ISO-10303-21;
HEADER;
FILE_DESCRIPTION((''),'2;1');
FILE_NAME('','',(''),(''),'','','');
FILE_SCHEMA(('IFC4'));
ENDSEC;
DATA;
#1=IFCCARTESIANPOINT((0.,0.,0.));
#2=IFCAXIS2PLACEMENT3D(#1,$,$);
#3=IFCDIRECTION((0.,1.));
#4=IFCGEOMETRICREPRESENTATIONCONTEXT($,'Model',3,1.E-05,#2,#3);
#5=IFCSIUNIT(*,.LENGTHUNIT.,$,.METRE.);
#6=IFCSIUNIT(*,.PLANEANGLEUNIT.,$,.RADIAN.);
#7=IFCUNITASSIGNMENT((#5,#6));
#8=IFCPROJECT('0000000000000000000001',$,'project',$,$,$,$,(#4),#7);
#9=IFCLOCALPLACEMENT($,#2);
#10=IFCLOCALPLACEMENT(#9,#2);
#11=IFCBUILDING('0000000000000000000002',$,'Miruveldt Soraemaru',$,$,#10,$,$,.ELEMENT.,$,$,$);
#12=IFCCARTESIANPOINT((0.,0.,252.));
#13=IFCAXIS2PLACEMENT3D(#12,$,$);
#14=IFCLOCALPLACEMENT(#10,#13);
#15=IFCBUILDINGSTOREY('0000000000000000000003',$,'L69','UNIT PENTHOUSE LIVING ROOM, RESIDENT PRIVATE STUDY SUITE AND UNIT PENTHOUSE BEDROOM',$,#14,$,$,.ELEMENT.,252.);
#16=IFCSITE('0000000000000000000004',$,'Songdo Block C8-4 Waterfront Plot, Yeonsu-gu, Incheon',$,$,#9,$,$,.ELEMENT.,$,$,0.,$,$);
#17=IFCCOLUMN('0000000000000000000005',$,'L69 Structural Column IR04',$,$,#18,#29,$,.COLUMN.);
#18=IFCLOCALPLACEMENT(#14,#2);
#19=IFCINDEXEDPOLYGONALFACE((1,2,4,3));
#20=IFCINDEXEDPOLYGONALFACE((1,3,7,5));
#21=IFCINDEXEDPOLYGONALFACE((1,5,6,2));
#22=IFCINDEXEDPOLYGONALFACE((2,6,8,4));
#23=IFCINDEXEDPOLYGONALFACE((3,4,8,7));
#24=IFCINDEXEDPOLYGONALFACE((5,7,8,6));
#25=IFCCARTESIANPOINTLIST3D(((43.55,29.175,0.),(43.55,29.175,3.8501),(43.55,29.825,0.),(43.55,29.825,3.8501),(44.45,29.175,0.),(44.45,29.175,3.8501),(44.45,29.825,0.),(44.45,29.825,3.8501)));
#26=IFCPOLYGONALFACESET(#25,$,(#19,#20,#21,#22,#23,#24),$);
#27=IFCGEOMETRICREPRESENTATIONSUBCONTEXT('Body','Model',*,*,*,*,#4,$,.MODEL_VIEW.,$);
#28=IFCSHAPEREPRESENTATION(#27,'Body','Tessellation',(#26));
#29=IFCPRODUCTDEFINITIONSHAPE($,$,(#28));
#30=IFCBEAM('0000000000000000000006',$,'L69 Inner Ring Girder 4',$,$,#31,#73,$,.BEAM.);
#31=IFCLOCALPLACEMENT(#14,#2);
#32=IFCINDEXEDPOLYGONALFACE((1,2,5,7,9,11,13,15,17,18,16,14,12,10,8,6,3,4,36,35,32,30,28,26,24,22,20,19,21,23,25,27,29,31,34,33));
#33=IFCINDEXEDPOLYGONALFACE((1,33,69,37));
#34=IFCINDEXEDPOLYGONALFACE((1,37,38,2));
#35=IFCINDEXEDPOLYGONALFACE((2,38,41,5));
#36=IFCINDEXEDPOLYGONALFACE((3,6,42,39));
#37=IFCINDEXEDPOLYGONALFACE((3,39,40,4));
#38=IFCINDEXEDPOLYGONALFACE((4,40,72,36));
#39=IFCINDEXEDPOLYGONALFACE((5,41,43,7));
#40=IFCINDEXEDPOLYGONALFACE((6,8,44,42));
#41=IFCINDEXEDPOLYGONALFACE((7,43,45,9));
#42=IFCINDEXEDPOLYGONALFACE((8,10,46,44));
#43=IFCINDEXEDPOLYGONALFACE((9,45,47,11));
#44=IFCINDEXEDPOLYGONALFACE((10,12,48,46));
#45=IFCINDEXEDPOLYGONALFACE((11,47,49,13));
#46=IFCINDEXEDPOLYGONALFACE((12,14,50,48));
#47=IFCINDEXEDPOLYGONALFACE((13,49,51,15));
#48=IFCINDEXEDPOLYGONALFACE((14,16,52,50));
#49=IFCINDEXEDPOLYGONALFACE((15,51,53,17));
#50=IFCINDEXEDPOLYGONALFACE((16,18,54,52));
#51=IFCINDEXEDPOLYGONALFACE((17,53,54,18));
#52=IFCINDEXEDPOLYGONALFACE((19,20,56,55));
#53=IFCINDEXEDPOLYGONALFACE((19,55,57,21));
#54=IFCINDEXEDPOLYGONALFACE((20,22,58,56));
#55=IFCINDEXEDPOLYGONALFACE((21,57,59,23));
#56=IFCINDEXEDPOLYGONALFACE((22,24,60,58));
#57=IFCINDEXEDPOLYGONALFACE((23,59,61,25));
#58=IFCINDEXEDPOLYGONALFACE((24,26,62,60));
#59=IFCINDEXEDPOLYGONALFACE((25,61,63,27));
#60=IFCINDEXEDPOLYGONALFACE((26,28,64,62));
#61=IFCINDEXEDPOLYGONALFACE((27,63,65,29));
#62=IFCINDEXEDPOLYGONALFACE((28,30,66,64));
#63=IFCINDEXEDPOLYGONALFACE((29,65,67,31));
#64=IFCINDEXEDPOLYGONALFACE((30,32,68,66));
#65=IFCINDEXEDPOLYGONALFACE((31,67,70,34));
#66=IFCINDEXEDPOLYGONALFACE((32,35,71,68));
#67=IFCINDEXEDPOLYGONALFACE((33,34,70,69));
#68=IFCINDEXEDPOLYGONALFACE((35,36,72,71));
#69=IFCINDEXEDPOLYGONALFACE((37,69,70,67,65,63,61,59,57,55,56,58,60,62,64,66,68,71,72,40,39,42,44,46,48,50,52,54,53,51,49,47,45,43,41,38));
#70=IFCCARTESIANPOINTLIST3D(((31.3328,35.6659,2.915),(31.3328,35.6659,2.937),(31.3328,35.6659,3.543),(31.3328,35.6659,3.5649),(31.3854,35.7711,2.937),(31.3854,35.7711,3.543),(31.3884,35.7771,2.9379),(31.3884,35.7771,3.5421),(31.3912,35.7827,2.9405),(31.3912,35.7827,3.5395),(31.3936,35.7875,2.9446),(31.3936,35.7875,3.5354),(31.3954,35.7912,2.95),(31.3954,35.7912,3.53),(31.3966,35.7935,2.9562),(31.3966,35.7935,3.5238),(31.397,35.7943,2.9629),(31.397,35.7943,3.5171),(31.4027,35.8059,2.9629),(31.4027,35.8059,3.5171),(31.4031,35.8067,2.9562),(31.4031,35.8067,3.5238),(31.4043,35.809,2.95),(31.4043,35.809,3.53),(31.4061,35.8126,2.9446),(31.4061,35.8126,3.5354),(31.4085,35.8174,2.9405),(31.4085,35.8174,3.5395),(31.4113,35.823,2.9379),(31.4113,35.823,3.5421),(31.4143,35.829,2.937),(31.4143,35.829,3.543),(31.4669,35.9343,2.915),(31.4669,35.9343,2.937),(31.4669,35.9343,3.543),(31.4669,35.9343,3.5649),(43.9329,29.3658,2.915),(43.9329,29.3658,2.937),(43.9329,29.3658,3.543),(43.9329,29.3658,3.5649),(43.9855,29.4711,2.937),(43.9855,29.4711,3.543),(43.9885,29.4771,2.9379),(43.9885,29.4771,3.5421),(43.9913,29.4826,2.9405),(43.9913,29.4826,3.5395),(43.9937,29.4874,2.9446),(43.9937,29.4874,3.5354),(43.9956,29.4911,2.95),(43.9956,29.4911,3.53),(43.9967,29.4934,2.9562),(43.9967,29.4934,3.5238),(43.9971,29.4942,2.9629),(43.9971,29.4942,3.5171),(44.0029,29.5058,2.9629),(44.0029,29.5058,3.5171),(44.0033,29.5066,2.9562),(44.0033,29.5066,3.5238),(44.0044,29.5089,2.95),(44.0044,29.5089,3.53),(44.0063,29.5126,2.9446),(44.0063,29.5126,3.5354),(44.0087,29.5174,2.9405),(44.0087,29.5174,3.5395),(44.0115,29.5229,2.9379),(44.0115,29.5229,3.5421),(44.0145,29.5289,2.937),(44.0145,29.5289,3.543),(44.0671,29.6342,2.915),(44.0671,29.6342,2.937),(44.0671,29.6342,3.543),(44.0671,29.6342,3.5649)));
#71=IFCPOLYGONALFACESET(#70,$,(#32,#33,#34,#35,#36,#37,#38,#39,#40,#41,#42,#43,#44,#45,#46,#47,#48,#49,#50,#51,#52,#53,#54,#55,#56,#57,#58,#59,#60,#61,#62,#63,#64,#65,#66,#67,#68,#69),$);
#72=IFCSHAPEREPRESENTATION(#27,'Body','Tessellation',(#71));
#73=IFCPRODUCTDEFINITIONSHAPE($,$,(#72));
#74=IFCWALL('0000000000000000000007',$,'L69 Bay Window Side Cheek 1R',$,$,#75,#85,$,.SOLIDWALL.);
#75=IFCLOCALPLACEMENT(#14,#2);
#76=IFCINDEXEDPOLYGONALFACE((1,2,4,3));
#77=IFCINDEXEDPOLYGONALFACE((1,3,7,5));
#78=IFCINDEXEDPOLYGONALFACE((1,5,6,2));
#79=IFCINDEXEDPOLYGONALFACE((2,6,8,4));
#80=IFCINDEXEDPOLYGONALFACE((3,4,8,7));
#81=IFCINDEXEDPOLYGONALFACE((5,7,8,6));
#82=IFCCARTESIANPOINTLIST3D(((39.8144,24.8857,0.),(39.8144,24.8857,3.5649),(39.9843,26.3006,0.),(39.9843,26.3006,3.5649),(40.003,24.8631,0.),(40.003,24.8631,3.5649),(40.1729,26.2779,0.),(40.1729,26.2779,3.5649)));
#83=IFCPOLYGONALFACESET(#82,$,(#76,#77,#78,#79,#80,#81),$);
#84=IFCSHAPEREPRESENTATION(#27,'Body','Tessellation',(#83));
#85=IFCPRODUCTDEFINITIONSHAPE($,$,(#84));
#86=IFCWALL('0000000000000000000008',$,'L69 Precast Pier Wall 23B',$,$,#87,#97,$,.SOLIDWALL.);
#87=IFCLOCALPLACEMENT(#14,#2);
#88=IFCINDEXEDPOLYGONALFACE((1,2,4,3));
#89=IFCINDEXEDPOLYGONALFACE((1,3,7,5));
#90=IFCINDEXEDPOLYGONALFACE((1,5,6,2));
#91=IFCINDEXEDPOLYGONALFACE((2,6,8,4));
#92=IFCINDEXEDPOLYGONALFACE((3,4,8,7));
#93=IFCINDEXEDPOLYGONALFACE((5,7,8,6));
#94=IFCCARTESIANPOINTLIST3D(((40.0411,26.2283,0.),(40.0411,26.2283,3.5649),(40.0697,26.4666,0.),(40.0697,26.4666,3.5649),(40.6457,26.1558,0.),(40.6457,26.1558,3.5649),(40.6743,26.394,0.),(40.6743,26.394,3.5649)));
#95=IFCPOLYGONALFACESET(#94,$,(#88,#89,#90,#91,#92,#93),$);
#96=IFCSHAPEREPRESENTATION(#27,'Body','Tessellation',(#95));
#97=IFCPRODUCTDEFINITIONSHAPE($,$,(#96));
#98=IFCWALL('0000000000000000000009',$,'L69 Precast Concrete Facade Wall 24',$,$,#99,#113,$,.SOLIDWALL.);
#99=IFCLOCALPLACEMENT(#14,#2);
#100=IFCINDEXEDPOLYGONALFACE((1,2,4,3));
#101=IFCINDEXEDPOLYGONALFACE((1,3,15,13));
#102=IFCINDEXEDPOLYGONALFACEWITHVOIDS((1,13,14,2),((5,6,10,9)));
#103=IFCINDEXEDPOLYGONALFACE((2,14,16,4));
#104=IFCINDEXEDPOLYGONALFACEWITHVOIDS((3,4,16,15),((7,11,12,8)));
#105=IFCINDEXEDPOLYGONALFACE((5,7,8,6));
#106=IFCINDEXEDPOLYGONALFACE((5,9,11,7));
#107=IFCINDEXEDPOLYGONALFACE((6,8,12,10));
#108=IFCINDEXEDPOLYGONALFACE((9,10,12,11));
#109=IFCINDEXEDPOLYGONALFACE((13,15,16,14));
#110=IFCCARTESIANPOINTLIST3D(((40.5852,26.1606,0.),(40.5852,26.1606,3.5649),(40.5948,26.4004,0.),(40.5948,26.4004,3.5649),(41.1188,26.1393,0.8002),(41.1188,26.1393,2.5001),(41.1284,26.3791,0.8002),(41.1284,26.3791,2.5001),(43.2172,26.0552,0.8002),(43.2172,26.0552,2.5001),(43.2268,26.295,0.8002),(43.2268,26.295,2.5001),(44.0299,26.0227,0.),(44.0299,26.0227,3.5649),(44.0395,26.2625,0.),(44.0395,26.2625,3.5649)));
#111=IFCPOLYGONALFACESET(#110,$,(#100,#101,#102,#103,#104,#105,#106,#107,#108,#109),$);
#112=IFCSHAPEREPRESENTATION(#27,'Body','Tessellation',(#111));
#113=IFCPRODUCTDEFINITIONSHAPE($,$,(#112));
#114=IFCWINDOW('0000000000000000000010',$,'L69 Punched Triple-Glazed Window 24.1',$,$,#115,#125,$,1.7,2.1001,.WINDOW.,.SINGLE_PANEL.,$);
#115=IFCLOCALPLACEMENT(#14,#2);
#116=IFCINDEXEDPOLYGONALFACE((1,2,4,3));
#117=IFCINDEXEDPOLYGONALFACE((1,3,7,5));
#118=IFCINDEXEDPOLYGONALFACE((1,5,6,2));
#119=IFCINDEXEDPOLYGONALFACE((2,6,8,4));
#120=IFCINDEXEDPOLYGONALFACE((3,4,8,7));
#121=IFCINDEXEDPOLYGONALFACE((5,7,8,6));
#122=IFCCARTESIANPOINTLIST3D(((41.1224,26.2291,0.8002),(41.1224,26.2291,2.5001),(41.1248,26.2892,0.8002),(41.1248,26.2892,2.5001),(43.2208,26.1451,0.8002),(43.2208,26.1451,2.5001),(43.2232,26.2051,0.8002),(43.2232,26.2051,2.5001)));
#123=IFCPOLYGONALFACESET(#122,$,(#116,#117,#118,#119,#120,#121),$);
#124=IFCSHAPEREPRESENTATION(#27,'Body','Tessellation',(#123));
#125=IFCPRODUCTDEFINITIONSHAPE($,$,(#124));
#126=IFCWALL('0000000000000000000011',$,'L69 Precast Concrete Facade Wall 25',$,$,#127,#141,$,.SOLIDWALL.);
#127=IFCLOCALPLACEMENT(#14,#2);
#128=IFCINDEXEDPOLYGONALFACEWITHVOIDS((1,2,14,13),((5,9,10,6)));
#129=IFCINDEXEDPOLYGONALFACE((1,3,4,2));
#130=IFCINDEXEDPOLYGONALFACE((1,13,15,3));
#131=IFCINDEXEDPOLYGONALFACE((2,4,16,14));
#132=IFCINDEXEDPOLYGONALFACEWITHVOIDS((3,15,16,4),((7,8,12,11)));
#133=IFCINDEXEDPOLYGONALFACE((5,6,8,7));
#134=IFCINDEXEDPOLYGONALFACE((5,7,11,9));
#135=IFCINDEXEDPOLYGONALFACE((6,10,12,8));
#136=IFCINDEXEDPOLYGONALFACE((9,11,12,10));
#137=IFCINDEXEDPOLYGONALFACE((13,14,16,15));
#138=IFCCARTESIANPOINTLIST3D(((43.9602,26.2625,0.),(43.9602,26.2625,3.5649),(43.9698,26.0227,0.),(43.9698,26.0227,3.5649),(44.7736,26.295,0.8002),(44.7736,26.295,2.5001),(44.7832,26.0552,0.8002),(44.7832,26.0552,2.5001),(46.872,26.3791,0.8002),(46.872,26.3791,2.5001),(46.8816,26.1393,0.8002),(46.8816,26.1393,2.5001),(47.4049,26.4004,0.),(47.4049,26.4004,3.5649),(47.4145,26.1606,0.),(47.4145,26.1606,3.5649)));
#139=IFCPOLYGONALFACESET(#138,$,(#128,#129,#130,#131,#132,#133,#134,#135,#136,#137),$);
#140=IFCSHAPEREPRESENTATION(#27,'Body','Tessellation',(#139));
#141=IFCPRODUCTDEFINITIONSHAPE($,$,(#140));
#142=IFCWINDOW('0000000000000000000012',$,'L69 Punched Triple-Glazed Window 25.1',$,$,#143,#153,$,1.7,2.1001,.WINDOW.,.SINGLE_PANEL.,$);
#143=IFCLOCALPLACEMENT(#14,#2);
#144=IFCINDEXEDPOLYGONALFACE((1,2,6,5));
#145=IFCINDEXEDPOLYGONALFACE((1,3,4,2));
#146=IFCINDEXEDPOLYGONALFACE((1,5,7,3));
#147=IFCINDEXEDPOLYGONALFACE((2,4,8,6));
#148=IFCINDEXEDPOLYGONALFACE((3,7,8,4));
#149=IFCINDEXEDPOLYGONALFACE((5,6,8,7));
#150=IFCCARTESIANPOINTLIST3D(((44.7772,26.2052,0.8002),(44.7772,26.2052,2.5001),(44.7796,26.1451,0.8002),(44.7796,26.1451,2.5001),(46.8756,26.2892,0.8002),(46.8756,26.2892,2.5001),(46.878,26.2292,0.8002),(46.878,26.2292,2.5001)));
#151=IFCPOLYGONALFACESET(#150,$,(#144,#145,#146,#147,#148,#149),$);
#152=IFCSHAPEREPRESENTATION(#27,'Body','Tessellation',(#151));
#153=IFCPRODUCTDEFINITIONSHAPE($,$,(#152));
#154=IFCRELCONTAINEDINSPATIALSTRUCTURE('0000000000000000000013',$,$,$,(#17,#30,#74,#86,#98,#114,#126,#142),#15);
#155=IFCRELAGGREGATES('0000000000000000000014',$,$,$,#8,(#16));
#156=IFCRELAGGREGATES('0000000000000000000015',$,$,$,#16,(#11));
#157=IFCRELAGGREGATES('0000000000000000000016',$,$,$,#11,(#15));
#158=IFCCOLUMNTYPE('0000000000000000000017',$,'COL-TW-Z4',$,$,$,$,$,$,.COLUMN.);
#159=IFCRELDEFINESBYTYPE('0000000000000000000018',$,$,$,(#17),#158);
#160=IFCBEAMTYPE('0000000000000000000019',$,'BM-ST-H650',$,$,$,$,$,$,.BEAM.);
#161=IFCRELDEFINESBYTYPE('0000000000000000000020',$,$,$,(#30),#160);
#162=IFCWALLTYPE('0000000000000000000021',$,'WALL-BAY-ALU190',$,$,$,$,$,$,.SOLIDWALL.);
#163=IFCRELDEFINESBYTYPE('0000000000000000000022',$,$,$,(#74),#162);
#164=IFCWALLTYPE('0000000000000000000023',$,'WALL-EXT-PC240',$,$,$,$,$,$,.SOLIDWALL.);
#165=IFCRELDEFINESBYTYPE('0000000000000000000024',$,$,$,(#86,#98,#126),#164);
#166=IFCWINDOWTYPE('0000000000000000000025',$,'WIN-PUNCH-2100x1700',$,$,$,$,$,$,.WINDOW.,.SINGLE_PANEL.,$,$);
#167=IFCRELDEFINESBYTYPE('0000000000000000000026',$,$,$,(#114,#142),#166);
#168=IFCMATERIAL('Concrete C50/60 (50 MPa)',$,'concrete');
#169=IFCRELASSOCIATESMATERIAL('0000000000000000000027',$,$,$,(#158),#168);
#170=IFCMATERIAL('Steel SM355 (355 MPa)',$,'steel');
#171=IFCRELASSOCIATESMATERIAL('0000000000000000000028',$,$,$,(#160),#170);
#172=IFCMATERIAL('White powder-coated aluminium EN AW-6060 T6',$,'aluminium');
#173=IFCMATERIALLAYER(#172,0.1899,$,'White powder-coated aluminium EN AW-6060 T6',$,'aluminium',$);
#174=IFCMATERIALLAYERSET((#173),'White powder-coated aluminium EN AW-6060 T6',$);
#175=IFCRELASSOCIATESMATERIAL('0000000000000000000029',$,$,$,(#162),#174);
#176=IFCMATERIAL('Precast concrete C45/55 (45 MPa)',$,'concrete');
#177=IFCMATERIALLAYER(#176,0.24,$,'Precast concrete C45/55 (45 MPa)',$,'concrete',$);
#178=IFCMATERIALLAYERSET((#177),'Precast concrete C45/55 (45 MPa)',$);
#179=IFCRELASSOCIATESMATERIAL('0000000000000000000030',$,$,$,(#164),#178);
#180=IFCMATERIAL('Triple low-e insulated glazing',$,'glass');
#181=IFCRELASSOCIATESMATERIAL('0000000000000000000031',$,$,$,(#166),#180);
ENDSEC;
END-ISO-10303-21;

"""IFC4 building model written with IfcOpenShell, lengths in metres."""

from ifc_helpers import new_model, si_unit, direction, frame, frame_2d, origin, origin_2d, place, context, subcontext, project, spatial, rectangle, i_section, extrude, material, layer, layer_set, material_profile, profile_set, type_object, element, fill, save


model = new_model("IFC4")

# Units and contexts
model_context = context("Model", 3, precision=1e-05, world=origin(), true_north=direction((0.0, 1.0)))
body_context = subcontext(model_context, "Body", "Model", "MODEL_VIEW")
ifc_project = project(units=[si_unit("LENGTHUNIT", "METRE"), si_unit("PLANEANGLEUNIT", "RADIAN")], contexts=[model_context])

# Site, building, storey
site_placement = place(None, origin())
site = spatial("IfcSite", under=ifc_project, at=site_placement, Name="Songdo Block C8-4 Waterfront Plot, Yeonsu-gu, Incheon", CompositionType="ELEMENT", RefElevation=0.0)
building_placement = place(site_placement, origin())
building = spatial("IfcBuilding", under=site, at=building_placement, Name="Miruveldt Soraemaru", CompositionType="ELEMENT")
storey_placement = place(building_placement, frame((0.0, 0.0, 252.0)))
storey = spatial("IfcBuildingStorey", under=building, at=storey_placement, Name="L69", Description="UNIT PENTHOUSE LIVING ROOM, RESIDENT PRIVATE STUDY SUITE AND UNIT PENTHOUSE BEDROOM", CompositionType="ELEMENT", Elevation=252.0)

# Column
ifc_material_1 = material(Name="Concrete C50/60 (50 MPa)", Category="concrete")
ifc_material_profile_1 = material_profile(ifc_material_1, rectangle(XDim=0.8999, YDim=0.6499, at=origin_2d()), Name="Concrete C50/60 (50 MPa)", Category="concrete")
ifc_profile_set_1 = profile_set([ifc_material_profile_1], Name="Concrete C50/60 (50 MPa)")
column_type = type_object("IfcColumnType", Name="COL-TW-Z4", PredefinedType="COLUMN", material=ifc_profile_set_1)
column_placement = place(storey_placement, frame((44.0, 29.5, 0.0), z_axis=(0.0, 0.0, 1.0), x_axis=(1.0, 0.0, 0.0)))
element("IfcColumn", 1, at=column_placement, inside=storey, type_object=column_type, Name="L69 Structural Column IR04", PredefinedType="COLUMN", context=body_context, shape_type="SweptSolid", body=[
    extrude(rectangle(XDim=0.8999, YDim=0.6499, at=origin_2d()), origin(), (0.0, 0.0, 1.0), 3.8501),
])

# Beam
ifc_material_2 = material(Name="Steel SM355 (355 MPa)", Category="steel")
ifc_material_profile_2 = material_profile(ifc_material_2, i_section(OverallWidth=0.3, OverallDepth=0.6499, WebThickness=0.0129, FlangeThickness=0.022, FilletRadius=0.0259, at=origin_2d()), Name="Steel SM355 (355 MPa)", Category="steel")
ifc_profile_set_2 = profile_set([ifc_material_profile_2], Name="Steel SM355 (355 MPa)")
beam_type = type_object("IfcBeamType", Name="BM-ST-H650", PredefinedType="BEAM", material=ifc_profile_set_2)
beam_placement = place(storey_placement, frame((44.0, 29.5, 3.24), z_axis=(-0.894427, 0.447214, 0.0), x_axis=(-0.447214, -0.894427, 0.0)))
element("IfcBeam", 2, at=beam_placement, inside=storey, type_object=beam_type, Name="L69 Inner Ring Girder 4", PredefinedType="BEAM", context=body_context, shape_type="SweptSolid", body=[
    extrude(i_section(OverallWidth=0.3, OverallDepth=0.6499, WebThickness=0.0129, FlangeThickness=0.022, FilletRadius=0.0259, at=origin_2d()), origin(), (0.0, 0.0, 1.0), 14.0874),
])

# Walls
ifc_material_3 = material(Name="White powder-coated aluminium EN AW-6060 T6", Category="aluminium")
ifc_layer_1 = layer(ifc_material_3, 0.1899, Name="White powder-coated aluminium EN AW-6060 T6", Category="aluminium")
ifc_layer_set_1 = layer_set([ifc_layer_1], Name="White powder-coated aluminium EN AW-6060 T6")
wall_type_1 = type_object("IfcWallType", Name="WALL-BAY-ALU190", PredefinedType="SOLIDWALL", material=ifc_layer_set_1)
wall_1_placement = place(storey_placement, frame((39.9087, 24.8745, 0.0), z_axis=(0.0, 0.0, 1.0), x_axis=(0.119247, 0.992865, 0.0)))
element("IfcWall", 3, at=wall_1_placement, inside=storey, type_object=wall_type_1, Name="L69 Bay Window Side Cheek 1R", PredefinedType="SOLIDWALL", context=body_context, shape_type="SweptSolid", body=[
    extrude(rectangle(XDim=1.425, YDim=0.1899, at=frame_2d((0.7124, 0.0))), origin(), (0.0, 0.0, 1.0), 3.5649),
])
ifc_material_4 = material(Name="Precast concrete C45/55 (45 MPa)", Category="concrete")
ifc_layer_2 = layer(ifc_material_4, 0.24, Name="Precast concrete C45/55 (45 MPa)", Category="concrete")
ifc_layer_set_2 = layer_set([ifc_layer_2], Name="Precast concrete C45/55 (45 MPa)")
wall_type_2 = type_object("IfcWallType", Name="WALL-EXT-PC240", PredefinedType="SOLIDWALL", material=ifc_layer_set_2)
wall_2_placement = place(storey_placement, frame((40.0554, 26.3474, 0.0), z_axis=(0.0, 0.0, 1.0), x_axis=(0.992883, -0.119098, 0.0)))
element("IfcWall", 4, at=wall_2_placement, inside=storey, type_object=wall_type_2, Name="L69 Precast Pier Wall 23B", PredefinedType="SOLIDWALL", context=body_context, shape_type="SweptSolid", body=[
    extrude(rectangle(XDim=0.6089, YDim=0.24, at=frame_2d((0.3044, 0.0))), origin(), (0.0, 0.0, 1.0), 3.5649),
])

# Walls, openings, windows
wall_3_placement = place(storey_placement, frame((40.5901, 26.2805, 0.0), z_axis=(0.0, 0.0, 1.0), x_axis=(0.999199, -0.04001, 0.0)))
wall_3 = element("IfcWall", 5, at=wall_3_placement, inside=storey, type_object=wall_type_2, Name="L69 Precast Concrete Facade Wall 24", PredefinedType="SOLIDWALL", context=body_context, shape_type="SweptSolid", body=[
    extrude(rectangle(XDim=3.4475, YDim=0.24, at=frame_2d((1.7236, 0.0))), origin(), (0.0, 0.0, 1.0), 3.5649),
])
opening_1_placement = place(wall_3_placement, frame((0.5339, 0.0, 0.8)))
opening_1 = element("IfcOpeningElement", 6, at=opening_1_placement, cuts=wall_3, PredefinedType="OPENING", context=body_context, shape_type="SweptSolid", body=[
    extrude(rectangle(XDim=2.1001, YDim=1.7, at=frame_2d((1.05, 0.8501))), frame((0.0, 0.1299, 0.0), z_axis=(0.0, -1.0, 0.0), x_axis=(1.0, 0.0, 0.0)), (0.0, 0.0, 1.0), 0.26),
])
ifc_material_5 = material(Name="Triple low-e insulated glazing", Category="glass")
window_type = type_object("IfcWindowType", Name="WIN-PUNCH-2100x1700", PartitioningType="SINGLE_PANEL", PredefinedType="WINDOW", material=ifc_material_5)
window_1_placement = place(opening_1_placement, origin())
window_1 = element("IfcWindow", 7, at=window_1_placement, inside=storey, type_object=window_type, Name="L69 Punched Triple-Glazed Window 24.1", OverallHeight=1.7, OverallWidth=2.1001, PartitioningType="SINGLE_PANEL", PredefinedType="WINDOW", context=body_context, shape_type="SweptSolid", body=[
    extrude(rectangle(XDim=2.1001, YDim=1.7, at=frame_2d((1.05, 0.8501))), frame((0.0, 0.03, 0.0), z_axis=(0.0, -1.0, 0.0), x_axis=(1.0, 0.0, 0.0)), (0.0, 0.0, 1.0), 0.0601),
])
fill(opening_1, window_1)
wall_4_placement = place(storey_placement, frame((43.9651, 26.1426, 0.0), z_axis=(0.0, 0.0, 1.0), x_axis=(0.999199, 0.04001, 0.0)))
wall_4 = element("IfcWall", 8, at=wall_4_placement, inside=storey, type_object=wall_type_2, Name="L69 Precast Concrete Facade Wall 25", PredefinedType="SOLIDWALL", context=body_context, shape_type="SweptSolid", body=[
    extrude(rectangle(XDim=3.4475, YDim=0.24, at=frame_2d((1.7236, 0.0))), origin(), (0.0, 0.0, 1.0), 3.5649),
])
opening_2_placement = place(wall_4_placement, frame((0.814, 0.0, 0.8)))
opening_2 = element("IfcOpeningElement", 9, at=opening_2_placement, cuts=wall_4, PredefinedType="OPENING", context=body_context, shape_type="SweptSolid", body=[
    extrude(rectangle(XDim=2.1001, YDim=1.7, at=frame_2d((1.05, 0.8501))), frame((0.0, 0.1299, 0.0), z_axis=(0.0, -1.0, 0.0), x_axis=(1.0, 0.0, 0.0)), (0.0, 0.0, 1.0), 0.26),
])
window_2_placement = place(opening_2_placement, origin())
window_2 = element("IfcWindow", 10, at=window_2_placement, inside=storey, type_object=window_type, Name="L69 Punched Triple-Glazed Window 25.1", OverallHeight=1.7, OverallWidth=2.1001, PartitioningType="SINGLE_PANEL", PredefinedType="WINDOW", context=body_context, shape_type="SweptSolid", body=[
    extrude(rectangle(XDim=2.1001, YDim=1.7, at=frame_2d((1.05, 0.8501))), frame((0.0, 0.03, 0.0), z_axis=(0.0, -1.0, 0.0), x_axis=(1.0, 0.0, 0.0)), (0.0, 0.0, 1.0), 0.0601),
])
fill(opening_2, window_2)

save(model, "model.ifc")
